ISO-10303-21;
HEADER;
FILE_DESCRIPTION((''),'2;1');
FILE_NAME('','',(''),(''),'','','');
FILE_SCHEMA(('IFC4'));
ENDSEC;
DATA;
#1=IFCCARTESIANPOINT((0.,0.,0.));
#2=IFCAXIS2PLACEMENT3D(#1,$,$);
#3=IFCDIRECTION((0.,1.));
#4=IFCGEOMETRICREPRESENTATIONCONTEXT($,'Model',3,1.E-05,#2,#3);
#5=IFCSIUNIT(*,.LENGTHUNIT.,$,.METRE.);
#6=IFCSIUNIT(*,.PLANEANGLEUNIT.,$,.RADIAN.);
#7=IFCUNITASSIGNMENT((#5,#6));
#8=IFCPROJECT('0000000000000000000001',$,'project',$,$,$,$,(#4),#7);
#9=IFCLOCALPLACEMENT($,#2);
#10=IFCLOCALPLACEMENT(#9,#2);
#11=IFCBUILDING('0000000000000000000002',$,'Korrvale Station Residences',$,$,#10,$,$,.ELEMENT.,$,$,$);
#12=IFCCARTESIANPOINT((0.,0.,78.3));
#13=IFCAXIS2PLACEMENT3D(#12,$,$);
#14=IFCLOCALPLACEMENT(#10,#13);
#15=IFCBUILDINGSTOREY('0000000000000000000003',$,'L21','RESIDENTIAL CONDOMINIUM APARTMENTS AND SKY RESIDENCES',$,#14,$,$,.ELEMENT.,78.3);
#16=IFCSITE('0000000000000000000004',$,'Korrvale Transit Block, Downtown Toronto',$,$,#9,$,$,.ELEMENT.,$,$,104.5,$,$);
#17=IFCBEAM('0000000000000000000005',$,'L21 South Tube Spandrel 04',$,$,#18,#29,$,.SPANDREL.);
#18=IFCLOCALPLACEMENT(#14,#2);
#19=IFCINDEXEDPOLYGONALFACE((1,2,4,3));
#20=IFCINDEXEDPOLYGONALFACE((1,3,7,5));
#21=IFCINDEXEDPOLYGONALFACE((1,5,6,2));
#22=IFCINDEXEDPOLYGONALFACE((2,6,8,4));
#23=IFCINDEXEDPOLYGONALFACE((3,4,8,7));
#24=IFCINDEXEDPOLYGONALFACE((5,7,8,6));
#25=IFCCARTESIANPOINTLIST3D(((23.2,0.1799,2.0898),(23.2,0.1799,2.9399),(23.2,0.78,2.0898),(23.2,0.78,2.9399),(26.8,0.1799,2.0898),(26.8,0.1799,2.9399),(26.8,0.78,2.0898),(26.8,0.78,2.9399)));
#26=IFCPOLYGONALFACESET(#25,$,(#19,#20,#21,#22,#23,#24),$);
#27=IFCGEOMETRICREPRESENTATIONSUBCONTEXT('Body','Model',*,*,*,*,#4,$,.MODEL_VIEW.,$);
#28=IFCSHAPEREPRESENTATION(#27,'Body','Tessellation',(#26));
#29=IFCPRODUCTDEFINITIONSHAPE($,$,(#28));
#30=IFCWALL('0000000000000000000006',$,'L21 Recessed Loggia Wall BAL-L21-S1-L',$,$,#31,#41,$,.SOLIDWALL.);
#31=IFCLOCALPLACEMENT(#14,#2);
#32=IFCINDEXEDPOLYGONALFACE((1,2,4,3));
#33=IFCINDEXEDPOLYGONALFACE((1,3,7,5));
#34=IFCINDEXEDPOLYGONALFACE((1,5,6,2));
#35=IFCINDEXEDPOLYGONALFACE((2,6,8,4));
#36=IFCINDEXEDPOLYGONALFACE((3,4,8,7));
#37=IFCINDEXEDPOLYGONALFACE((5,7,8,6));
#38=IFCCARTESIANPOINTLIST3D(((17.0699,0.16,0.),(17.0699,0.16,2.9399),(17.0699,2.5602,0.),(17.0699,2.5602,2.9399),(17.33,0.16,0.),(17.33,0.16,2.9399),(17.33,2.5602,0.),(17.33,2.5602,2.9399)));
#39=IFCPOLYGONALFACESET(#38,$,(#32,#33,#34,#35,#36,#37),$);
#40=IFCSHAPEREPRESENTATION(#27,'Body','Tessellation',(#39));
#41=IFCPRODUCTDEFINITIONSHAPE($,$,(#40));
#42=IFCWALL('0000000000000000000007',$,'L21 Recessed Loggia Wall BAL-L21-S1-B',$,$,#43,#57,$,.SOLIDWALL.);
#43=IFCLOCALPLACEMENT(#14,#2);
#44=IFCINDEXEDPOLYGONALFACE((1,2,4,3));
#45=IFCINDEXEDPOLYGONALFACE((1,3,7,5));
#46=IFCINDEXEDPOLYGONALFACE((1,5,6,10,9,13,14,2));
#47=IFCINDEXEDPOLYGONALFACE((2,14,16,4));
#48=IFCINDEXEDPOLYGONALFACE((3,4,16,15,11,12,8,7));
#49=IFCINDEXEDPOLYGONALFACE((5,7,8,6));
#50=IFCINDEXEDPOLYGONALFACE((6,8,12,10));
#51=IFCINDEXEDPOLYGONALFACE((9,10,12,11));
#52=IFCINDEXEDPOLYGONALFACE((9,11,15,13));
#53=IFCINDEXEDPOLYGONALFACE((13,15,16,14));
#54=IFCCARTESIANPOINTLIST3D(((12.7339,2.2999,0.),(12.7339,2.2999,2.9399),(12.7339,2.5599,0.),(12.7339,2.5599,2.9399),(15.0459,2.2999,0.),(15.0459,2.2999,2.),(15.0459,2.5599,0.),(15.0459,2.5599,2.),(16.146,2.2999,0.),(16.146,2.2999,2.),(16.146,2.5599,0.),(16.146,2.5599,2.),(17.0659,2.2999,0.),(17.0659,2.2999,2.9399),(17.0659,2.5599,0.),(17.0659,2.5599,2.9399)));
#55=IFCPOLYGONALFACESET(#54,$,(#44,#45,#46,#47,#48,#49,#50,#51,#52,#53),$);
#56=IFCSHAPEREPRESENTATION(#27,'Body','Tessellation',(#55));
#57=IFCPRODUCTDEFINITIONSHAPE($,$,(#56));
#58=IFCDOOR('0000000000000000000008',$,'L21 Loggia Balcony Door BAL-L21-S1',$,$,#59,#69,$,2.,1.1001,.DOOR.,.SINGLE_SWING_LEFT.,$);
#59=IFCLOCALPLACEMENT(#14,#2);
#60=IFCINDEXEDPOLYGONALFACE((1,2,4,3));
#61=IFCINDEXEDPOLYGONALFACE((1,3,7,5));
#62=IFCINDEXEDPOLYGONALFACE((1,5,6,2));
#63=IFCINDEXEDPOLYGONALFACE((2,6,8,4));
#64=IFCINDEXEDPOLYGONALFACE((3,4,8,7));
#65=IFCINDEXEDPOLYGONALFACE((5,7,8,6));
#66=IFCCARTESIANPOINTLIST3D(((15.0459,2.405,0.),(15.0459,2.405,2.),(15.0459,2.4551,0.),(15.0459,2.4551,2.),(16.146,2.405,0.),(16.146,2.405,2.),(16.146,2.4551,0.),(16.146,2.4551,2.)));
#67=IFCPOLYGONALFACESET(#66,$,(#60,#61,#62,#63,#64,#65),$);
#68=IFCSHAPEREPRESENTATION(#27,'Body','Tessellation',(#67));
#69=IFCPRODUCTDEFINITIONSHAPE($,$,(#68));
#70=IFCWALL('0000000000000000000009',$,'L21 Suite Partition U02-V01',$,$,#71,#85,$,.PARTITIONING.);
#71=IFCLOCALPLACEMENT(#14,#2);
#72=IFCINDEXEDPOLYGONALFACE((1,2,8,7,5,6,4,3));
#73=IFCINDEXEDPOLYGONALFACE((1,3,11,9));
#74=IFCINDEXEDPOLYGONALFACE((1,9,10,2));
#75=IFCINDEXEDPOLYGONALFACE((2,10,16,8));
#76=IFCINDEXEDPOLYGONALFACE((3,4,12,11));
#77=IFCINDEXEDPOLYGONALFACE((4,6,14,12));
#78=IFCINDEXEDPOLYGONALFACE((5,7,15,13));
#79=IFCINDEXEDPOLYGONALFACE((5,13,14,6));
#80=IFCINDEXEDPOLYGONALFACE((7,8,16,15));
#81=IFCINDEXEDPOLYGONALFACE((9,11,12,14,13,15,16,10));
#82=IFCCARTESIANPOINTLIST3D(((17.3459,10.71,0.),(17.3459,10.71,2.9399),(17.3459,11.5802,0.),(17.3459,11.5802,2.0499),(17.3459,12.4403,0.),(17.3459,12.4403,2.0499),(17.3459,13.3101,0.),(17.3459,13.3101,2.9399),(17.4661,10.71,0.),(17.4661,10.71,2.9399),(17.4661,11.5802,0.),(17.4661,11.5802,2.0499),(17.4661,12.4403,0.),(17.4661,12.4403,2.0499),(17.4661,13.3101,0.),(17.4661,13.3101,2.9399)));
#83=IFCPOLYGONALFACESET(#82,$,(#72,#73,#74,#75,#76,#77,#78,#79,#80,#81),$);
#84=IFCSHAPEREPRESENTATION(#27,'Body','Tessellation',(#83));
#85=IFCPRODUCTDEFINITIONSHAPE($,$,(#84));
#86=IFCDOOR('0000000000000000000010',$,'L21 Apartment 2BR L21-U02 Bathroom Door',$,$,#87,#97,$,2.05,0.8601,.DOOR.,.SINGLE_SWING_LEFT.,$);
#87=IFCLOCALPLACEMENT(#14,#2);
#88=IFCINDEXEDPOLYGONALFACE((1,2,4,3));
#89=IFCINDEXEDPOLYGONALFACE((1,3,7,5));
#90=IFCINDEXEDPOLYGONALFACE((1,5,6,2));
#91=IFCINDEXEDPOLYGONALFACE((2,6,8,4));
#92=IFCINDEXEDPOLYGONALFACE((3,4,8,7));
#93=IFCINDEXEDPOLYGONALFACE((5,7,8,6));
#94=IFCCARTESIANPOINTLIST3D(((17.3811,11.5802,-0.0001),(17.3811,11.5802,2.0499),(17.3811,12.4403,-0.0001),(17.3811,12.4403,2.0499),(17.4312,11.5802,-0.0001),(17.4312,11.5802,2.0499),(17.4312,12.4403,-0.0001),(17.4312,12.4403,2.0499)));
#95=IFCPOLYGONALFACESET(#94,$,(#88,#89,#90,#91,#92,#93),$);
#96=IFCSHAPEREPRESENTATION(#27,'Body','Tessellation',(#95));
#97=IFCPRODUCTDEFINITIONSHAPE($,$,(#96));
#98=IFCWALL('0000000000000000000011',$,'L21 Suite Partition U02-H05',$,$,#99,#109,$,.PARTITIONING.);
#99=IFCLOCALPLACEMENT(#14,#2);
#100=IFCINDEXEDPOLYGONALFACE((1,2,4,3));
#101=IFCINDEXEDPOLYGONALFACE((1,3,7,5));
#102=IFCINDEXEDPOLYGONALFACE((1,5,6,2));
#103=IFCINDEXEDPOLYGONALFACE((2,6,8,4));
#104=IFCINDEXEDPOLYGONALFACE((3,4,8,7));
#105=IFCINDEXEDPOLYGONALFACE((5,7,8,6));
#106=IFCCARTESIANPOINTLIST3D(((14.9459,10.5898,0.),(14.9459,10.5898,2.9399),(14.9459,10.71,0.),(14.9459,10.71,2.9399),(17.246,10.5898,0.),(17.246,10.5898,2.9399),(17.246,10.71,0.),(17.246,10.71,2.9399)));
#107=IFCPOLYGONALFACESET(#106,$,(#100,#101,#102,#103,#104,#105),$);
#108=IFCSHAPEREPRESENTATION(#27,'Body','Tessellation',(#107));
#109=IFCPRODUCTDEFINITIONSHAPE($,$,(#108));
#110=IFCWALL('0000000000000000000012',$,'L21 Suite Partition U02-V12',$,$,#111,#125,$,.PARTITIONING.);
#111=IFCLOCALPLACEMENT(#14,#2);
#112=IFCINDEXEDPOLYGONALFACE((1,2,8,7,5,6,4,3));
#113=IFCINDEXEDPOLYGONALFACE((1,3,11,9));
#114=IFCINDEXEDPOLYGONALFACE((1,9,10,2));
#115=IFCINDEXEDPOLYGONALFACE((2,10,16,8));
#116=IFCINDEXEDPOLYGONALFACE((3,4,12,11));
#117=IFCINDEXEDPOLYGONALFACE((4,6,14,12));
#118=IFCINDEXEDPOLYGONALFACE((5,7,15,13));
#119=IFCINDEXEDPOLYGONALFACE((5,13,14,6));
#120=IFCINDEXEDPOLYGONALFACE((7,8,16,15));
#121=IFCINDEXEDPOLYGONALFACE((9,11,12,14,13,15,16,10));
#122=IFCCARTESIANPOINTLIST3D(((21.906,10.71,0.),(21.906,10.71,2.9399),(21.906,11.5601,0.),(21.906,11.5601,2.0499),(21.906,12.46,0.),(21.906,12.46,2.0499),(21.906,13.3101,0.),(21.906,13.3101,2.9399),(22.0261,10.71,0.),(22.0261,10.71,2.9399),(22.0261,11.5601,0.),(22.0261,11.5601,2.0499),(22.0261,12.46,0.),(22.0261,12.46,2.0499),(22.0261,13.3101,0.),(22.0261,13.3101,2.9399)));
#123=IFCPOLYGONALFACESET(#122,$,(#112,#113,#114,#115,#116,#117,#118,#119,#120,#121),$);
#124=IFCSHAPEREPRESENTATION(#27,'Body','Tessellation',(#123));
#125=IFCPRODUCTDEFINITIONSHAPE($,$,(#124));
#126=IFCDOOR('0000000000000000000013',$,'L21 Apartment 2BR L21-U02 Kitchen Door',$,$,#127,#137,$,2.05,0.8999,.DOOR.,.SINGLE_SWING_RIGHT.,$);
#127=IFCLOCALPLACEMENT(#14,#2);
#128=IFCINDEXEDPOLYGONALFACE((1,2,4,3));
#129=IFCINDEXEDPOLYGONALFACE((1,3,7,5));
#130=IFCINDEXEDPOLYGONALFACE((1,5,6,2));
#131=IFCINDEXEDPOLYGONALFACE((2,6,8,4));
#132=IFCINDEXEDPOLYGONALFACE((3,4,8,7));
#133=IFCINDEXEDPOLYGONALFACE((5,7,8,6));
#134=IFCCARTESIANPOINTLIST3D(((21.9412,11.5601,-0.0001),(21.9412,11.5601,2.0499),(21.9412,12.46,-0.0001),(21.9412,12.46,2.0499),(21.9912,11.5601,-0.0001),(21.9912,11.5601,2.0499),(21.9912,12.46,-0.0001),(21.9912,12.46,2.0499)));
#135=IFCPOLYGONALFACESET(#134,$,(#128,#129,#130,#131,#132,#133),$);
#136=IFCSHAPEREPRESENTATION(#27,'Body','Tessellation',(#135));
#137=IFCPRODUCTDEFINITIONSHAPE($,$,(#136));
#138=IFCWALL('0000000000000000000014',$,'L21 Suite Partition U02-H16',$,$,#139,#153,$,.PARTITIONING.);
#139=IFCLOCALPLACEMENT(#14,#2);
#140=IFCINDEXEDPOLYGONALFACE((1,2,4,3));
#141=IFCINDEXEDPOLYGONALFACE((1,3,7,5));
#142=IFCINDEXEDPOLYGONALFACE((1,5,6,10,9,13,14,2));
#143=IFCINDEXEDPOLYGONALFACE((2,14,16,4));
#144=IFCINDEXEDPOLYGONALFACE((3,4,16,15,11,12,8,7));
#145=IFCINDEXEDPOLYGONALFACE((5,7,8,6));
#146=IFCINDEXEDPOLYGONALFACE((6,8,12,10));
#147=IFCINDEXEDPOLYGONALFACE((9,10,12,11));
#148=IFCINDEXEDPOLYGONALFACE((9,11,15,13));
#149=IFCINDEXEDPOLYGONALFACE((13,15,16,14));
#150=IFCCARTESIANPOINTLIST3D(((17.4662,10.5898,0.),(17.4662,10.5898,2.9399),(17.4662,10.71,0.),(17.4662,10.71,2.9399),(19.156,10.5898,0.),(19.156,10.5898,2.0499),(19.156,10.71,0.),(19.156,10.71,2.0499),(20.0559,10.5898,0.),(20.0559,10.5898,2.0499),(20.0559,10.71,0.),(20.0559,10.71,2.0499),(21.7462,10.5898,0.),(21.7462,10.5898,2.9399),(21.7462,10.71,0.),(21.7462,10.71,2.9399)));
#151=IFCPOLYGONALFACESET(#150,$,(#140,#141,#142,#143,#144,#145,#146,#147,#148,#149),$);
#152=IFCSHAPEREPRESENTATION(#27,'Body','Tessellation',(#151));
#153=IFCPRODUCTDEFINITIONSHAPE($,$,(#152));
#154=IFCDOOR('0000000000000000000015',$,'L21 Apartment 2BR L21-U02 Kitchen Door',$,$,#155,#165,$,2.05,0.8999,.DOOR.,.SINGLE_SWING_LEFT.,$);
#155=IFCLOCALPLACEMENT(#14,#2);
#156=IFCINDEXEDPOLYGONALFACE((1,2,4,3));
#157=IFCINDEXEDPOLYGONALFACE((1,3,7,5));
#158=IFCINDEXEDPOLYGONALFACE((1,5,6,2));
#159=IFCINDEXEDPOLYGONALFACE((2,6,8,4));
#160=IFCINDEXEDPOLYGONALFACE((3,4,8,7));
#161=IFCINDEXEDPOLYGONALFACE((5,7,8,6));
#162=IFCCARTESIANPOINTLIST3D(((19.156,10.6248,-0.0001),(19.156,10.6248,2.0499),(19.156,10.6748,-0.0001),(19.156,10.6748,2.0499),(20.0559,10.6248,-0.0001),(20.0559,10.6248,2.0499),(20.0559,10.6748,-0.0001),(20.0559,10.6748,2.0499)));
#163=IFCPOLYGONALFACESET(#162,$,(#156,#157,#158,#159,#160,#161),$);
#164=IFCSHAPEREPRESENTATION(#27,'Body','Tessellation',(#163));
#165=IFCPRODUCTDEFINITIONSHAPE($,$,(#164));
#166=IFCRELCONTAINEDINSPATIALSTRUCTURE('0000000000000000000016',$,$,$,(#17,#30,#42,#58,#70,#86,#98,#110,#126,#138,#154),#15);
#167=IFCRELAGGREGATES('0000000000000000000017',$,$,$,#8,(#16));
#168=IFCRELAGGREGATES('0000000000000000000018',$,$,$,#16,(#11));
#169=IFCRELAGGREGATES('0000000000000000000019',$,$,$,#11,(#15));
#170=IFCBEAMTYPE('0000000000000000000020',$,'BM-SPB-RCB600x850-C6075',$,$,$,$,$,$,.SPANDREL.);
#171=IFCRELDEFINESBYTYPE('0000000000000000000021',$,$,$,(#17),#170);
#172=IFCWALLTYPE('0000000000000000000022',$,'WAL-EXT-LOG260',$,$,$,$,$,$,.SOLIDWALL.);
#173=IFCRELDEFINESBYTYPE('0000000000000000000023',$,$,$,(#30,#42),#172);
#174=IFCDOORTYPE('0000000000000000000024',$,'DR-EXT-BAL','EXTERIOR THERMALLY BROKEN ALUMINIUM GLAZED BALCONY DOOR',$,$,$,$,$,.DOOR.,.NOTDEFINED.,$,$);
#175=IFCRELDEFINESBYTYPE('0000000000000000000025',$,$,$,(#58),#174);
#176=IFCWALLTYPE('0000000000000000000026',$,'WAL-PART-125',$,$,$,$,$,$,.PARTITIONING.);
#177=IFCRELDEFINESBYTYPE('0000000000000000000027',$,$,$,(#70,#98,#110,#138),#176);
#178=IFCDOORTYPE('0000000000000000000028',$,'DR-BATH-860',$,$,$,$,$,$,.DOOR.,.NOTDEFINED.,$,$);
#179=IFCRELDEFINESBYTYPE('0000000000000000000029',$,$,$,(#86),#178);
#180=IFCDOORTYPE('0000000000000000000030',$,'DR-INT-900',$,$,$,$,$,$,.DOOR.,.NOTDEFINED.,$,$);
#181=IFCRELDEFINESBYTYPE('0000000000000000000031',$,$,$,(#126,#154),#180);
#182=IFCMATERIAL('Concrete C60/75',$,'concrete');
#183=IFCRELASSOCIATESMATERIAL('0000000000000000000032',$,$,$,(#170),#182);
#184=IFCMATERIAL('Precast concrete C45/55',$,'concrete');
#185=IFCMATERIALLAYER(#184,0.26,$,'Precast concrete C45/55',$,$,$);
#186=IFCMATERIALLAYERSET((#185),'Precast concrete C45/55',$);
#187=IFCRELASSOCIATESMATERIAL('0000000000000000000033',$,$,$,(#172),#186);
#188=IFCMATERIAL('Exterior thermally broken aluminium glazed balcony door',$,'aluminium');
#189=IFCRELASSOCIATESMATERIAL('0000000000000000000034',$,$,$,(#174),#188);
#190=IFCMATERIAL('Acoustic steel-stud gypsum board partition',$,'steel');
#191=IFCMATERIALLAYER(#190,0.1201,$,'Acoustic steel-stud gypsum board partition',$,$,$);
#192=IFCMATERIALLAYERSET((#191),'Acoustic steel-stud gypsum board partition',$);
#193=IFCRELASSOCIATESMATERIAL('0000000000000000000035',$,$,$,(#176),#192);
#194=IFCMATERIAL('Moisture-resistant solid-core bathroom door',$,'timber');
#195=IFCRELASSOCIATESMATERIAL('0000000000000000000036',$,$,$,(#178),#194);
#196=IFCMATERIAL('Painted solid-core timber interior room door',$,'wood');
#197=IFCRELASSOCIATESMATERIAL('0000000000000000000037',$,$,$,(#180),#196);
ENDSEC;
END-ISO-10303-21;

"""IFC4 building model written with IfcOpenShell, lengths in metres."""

from ifc_helpers import new_model, si_unit, direction, frame, frame_2d, origin, origin_2d, place, context, subcontext, project, spatial, rectangle, extrude, material, layer, layer_set, material_profile, profile_set, type_object, element, fill, save


model = new_model("IFC4")

# Units and contexts
model_context = context("Model", 3, precision=1e-05, world=origin(), true_north=direction((0.0, 1.0)))
body_context = subcontext(model_context, "Body", "Model", "MODEL_VIEW")
ifc_project = project(units=[si_unit("LENGTHUNIT", "METRE"), si_unit("PLANEANGLEUNIT", "RADIAN")], contexts=[model_context])

# Site, building, storey
site_placement = place(None, origin())
site = spatial("IfcSite", under=ifc_project, at=site_placement, Name="Korrvale Transit Block, Downtown Toronto", CompositionType="ELEMENT", RefElevation=104.5)
building_placement = place(site_placement, origin())
building = spatial("IfcBuilding", under=site, at=building_placement, Name="Korrvale Station Residences", CompositionType="ELEMENT")
storey_placement = place(building_placement, frame((0.0, 0.0, 78.3)))
storey = spatial("IfcBuildingStorey", under=building, at=storey_placement, Name="L21", Description="RESIDENTIAL CONDOMINIUM APARTMENTS AND SKY RESIDENCES", CompositionType="ELEMENT", Elevation=78.3)

# Shared definitions
ifc_material_1 = material(Name="Concrete C60/75", Category="concrete")

# Beam
ifc_material_profile_1 = material_profile(ifc_material_1, rectangle(XDim=0.6001, YDim=0.8501, at=origin_2d()), Name="RCB600x850")
ifc_profile_set_1 = profile_set([ifc_material_profile_1], Name="Concrete C60/75")
beam_type_1 = type_object("IfcBeamType", Name="BM-SPB-RCB600x850-C6075", PredefinedType="SPANDREL", material=ifc_profile_set_1)
beam_1_placement = place(storey_placement, frame((23.2, 0.48, 2.5149), z_axis=(1.0, 0.0, 0.0), x_axis=(0.0, 1.0, 0.0)))
element("IfcBeam", 1, at=beam_1_placement, inside=storey, type_object=beam_type_1, Name="L21 South Tube Spandrel 04", PredefinedType="SPANDREL", context=body_context, shape_type="SweptSolid", body=[
    extrude(rectangle(XDim=0.6001, YDim=0.8501, at=origin_2d()), origin(), (0.0, 0.0, 1.0), 3.6001),
])

# Wall
ifc_material_2 = material(Name="Precast concrete C45/55", Category="concrete")
ifc_layer_1 = layer(ifc_material_2, 0.26, Name="Precast concrete C45/55")
ifc_layer_set_1 = layer_set([ifc_layer_1], Name="Precast concrete C45/55")
wall_type_1 = type_object("IfcWallType", Name="WAL-EXT-LOG260", PredefinedType="SOLIDWALL", material=ifc_layer_set_1)
wall_1_placement = place(storey_placement, frame((17.2, 0.1599, 0.0), z_axis=(0.0, 0.0, 1.0), x_axis=(0.0, 1.0, 0.0)))
element("IfcWall", 2, at=wall_1_placement, inside=storey, type_object=wall_type_1, Name="L21 Recessed Loggia Wall BAL-L21-S1-L", PredefinedType="SOLIDWALL", context=body_context, shape_type="SweptSolid", body=[
    extrude(rectangle(XDim=2.4001, YDim=0.26, at=frame_2d((1.2002, 0.0))), origin(), (0.0, 0.0, 1.0), 2.9399),
])

# Walls, openings, doors
wall_2_placement = place(storey_placement, frame((17.0659, 2.4299, 0.0), z_axis=(0.0, 0.0, 1.0), x_axis=(-1.0, 0.0, 0.0)))
wall_2 = element("IfcWall", 3, at=wall_2_placement, inside=storey, type_object=wall_type_1, Name="L21 Recessed Loggia Wall BAL-L21-S1-B", PredefinedType="SOLIDWALL", context=body_context, shape_type="SweptSolid", body=[
    extrude(rectangle(XDim=4.332, YDim=0.26, at=frame_2d((2.166, 0.0))), origin(), (0.0, 0.0, 1.0), 2.9399),
])
opening_1_placement = place(wall_2_placement, frame((0.9199, 0.0, 0.0)))
opening_1 = element("IfcOpeningElement", 4, at=opening_1_placement, cuts=wall_2, PredefinedType="OPENING", context=body_context, shape_type="SweptSolid", body=[
    extrude(rectangle(XDim=1.1001, YDim=2.0, at=frame_2d((0.55, 1.0))), frame((0.0, 0.1401, 0.0), z_axis=(0.0, -1.0, 0.0), x_axis=(1.0, 0.0, 0.0)), (0.0, 0.0, 1.0), 0.28),
])
ifc_material_3 = material(Name="Exterior thermally broken aluminium glazed balcony door", Category="aluminium")
door_type_1 = type_object("IfcDoorType", Name="DR-EXT-BAL", Description="EXTERIOR THERMALLY BROKEN ALUMINIUM GLAZED BALCONY DOOR", OperationType="NOTDEFINED", PredefinedType="DOOR", material=ifc_material_3)
door_1_placement = place(opening_1_placement, origin())
door_1 = element("IfcDoor", 5, at=door_1_placement, inside=storey, type_object=door_type_1, Name="L21 Loggia Balcony Door BAL-L21-S1", OperationType="SINGLE_SWING_LEFT", OverallHeight=2.0, OverallWidth=1.1001, PredefinedType="DOOR", context=body_context, shape_type="SweptSolid", body=[
    extrude(rectangle(XDim=1.1001, YDim=2.0, at=frame_2d((0.55, 1.0))), frame((0.0, 0.0249, 0.0), z_axis=(0.0, -1.0, 0.0), x_axis=(1.0, 0.0, 0.0)), (0.0, 0.0, 1.0), 0.05),
])
fill(opening_1, door_1)
ifc_material_4 = material(Name="Acoustic steel-stud gypsum board partition", Category="steel")
ifc_layer_2 = layer(ifc_material_4, 0.1201, Name="Acoustic steel-stud gypsum board partition")
ifc_layer_set_2 = layer_set([ifc_layer_2], Name="Acoustic steel-stud gypsum board partition")
wall_type_2 = type_object("IfcWallType", Name="WAL-PART-125", PredefinedType="PARTITIONING", material=ifc_layer_set_2)
wall_3_placement = place(storey_placement, frame((17.406, 10.71, 0.0), z_axis=(0.0, 0.0, 1.0), x_axis=(0.0, 1.0, 0.0)))
wall_3 = element("IfcWall", 6, at=wall_3_placement, inside=storey, type_object=wall_type_2, Name="L21 Suite Partition U02-V01", PredefinedType="PARTITIONING", context=body_context, shape_type="SweptSolid", body=[
    extrude(rectangle(XDim=2.6001, YDim=0.1201, at=frame_2d((1.3, 0.0))), origin(), (0.0, 0.0, 1.0), 2.9399),
])
opening_2_placement = place(wall_3_placement, frame((0.8701, 0.0, 0.0)))
opening_2 = element("IfcOpeningElement", 7, at=opening_2_placement, cuts=wall_3, PredefinedType="OPENING", context=body_context, shape_type="SweptSolid", body=[
    extrude(rectangle(XDim=0.8601, YDim=2.05, at=frame_2d((0.4302, 1.0249))), frame((0.0, 0.0701, 0.0), z_axis=(0.0, -1.0, 0.0), x_axis=(1.0, 0.0, 0.0)), (0.0, 0.0, 1.0), 0.1401),
])
ifc_material_5 = material(Name="Moisture-resistant solid-core bathroom door", Category="timber")
door_type_2 = type_object("IfcDoorType", Name="DR-BATH-860", OperationType="NOTDEFINED", PredefinedType="DOOR", material=ifc_material_5)
door_2_placement = place(opening_2_placement, origin())
door_2 = element("IfcDoor", 8, at=door_2_placement, inside=storey, type_object=door_type_2, Name="L21 Apartment 2BR L21-U02 Bathroom Door", OperationType="SINGLE_SWING_LEFT", OverallHeight=2.05, OverallWidth=0.8601, PredefinedType="DOOR", context=body_context, shape_type="SweptSolid", body=[
    extrude(rectangle(XDim=0.8601, YDim=2.05, at=frame_2d((0.4302, 1.0249))), frame((0.0, 0.0249, 0.0), z_axis=(0.0, -1.0, 0.0), x_axis=(1.0, 0.0, 0.0)), (0.0, 0.0, 1.0), 0.05),
])
fill(opening_2, door_2)

# Wall
wall_4_placement = place(storey_placement, frame((14.946, 10.6499, 0.0), z_axis=(0.0, 0.0, 1.0), x_axis=(1.0, 0.0, 0.0)))
element("IfcWall", 9, at=wall_4_placement, inside=storey, type_object=wall_type_2, Name="L21 Suite Partition U02-H05", PredefinedType="PARTITIONING", context=body_context, shape_type="SweptSolid", body=[
    extrude(rectangle(XDim=2.3, YDim=0.1201, at=frame_2d((1.1499, 0.0))), origin(), (0.0, 0.0, 1.0), 2.9399),
])

# Walls, openings, doors
wall_5_placement = place(storey_placement, frame((21.9661, 10.71, 0.0), z_axis=(0.0, 0.0, 1.0), x_axis=(0.0, 1.0, 0.0)))
wall_5 = element("IfcWall", 10, at=wall_5_placement, inside=storey, type_object=wall_type_2, Name="L21 Suite Partition U02-V12", PredefinedType="PARTITIONING", context=body_context, shape_type="SweptSolid", body=[
    extrude(rectangle(XDim=2.6001, YDim=0.1201, at=frame_2d((1.3, 0.0))), origin(), (0.0, 0.0, 1.0), 2.9399),
])
opening_3_placement = place(wall_5_placement, frame((0.8501, 0.0, 0.0)))
opening_3 = element("IfcOpeningElement", 11, at=opening_3_placement, cuts=wall_5, PredefinedType="OPENING", context=body_context, shape_type="SweptSolid", body=[
    extrude(rectangle(XDim=0.8999, YDim=2.05, at=frame_2d((0.45, 1.0249))), frame((0.0, 0.0701, 0.0), z_axis=(0.0, -1.0, 0.0), x_axis=(1.0, 0.0, 0.0)), (0.0, 0.0, 1.0), 0.1401),
])
ifc_material_6 = material(Name="Painted solid-core timber interior room door", Category="wood")
door_type_3 = type_object("IfcDoorType", Name="DR-INT-900", OperationType="NOTDEFINED", PredefinedType="DOOR", material=ifc_material_6)
door_3_placement = place(opening_3_placement, origin())
door_3 = element("IfcDoor", 12, at=door_3_placement, inside=storey, type_object=door_type_3, Name="L21 Apartment 2BR L21-U02 Kitchen Door", OperationType="SINGLE_SWING_RIGHT", OverallHeight=2.05, OverallWidth=0.8999, PredefinedType="DOOR", context=body_context, shape_type="SweptSolid", body=[
    extrude(rectangle(XDim=0.8999, YDim=2.05, at=frame_2d((0.45, 1.0249))), frame((0.0, 0.0249, 0.0), z_axis=(0.0, -1.0, 0.0), x_axis=(1.0, 0.0, 0.0)), (0.0, 0.0, 1.0), 0.05),
])
fill(opening_3, door_3)
wall_6_placement = place(storey_placement, frame((17.4661, 10.6499, 0.0), z_axis=(0.0, 0.0, 1.0), x_axis=(1.0, 0.0, 0.0)))
wall_6 = element("IfcWall", 13, at=wall_6_placement, inside=storey, type_object=wall_type_2, Name="L21 Suite Partition U02-H16", PredefinedType="PARTITIONING", context=body_context, shape_type="SweptSolid", body=[
    extrude(rectangle(XDim=4.28, YDim=0.1201, at=frame_2d((2.1401, 0.0))), origin(), (0.0, 0.0, 1.0), 2.9399),
])
opening_4_placement = place(wall_6_placement, frame((1.6899, 0.0, 0.0)))
opening_4 = element("IfcOpeningElement", 14, at=opening_4_placement, cuts=wall_6, PredefinedType="OPENING", context=body_context, shape_type="SweptSolid", body=[
    extrude(rectangle(XDim=0.8999, YDim=2.05, at=frame_2d((0.45, 1.0249))), frame((0.0, 0.0701, 0.0), z_axis=(0.0, -1.0, 0.0), x_axis=(1.0, 0.0, 0.0)), (0.0, 0.0, 1.0), 0.1401),
])
door_4_placement = place(opening_4_placement, origin())
door_4 = element("IfcDoor", 15, at=door_4_placement, inside=storey, type_object=door_type_3, Name="L21 Apartment 2BR L21-U02 Kitchen Door", OperationType="SINGLE_SWING_LEFT", OverallHeight=2.05, OverallWidth=0.8999, PredefinedType="DOOR", context=body_context, shape_type="SweptSolid", body=[
    extrude(rectangle(XDim=0.8999, YDim=2.05, at=frame_2d((0.45, 1.0249))), frame((0.0, 0.0249, 0.0), z_axis=(0.0, -1.0, 0.0), x_axis=(1.0, 0.0, 0.0)), (0.0, 0.0, 1.0), 0.05),
])
fill(opening_4, door_4)

save(model, "model.ifc")
